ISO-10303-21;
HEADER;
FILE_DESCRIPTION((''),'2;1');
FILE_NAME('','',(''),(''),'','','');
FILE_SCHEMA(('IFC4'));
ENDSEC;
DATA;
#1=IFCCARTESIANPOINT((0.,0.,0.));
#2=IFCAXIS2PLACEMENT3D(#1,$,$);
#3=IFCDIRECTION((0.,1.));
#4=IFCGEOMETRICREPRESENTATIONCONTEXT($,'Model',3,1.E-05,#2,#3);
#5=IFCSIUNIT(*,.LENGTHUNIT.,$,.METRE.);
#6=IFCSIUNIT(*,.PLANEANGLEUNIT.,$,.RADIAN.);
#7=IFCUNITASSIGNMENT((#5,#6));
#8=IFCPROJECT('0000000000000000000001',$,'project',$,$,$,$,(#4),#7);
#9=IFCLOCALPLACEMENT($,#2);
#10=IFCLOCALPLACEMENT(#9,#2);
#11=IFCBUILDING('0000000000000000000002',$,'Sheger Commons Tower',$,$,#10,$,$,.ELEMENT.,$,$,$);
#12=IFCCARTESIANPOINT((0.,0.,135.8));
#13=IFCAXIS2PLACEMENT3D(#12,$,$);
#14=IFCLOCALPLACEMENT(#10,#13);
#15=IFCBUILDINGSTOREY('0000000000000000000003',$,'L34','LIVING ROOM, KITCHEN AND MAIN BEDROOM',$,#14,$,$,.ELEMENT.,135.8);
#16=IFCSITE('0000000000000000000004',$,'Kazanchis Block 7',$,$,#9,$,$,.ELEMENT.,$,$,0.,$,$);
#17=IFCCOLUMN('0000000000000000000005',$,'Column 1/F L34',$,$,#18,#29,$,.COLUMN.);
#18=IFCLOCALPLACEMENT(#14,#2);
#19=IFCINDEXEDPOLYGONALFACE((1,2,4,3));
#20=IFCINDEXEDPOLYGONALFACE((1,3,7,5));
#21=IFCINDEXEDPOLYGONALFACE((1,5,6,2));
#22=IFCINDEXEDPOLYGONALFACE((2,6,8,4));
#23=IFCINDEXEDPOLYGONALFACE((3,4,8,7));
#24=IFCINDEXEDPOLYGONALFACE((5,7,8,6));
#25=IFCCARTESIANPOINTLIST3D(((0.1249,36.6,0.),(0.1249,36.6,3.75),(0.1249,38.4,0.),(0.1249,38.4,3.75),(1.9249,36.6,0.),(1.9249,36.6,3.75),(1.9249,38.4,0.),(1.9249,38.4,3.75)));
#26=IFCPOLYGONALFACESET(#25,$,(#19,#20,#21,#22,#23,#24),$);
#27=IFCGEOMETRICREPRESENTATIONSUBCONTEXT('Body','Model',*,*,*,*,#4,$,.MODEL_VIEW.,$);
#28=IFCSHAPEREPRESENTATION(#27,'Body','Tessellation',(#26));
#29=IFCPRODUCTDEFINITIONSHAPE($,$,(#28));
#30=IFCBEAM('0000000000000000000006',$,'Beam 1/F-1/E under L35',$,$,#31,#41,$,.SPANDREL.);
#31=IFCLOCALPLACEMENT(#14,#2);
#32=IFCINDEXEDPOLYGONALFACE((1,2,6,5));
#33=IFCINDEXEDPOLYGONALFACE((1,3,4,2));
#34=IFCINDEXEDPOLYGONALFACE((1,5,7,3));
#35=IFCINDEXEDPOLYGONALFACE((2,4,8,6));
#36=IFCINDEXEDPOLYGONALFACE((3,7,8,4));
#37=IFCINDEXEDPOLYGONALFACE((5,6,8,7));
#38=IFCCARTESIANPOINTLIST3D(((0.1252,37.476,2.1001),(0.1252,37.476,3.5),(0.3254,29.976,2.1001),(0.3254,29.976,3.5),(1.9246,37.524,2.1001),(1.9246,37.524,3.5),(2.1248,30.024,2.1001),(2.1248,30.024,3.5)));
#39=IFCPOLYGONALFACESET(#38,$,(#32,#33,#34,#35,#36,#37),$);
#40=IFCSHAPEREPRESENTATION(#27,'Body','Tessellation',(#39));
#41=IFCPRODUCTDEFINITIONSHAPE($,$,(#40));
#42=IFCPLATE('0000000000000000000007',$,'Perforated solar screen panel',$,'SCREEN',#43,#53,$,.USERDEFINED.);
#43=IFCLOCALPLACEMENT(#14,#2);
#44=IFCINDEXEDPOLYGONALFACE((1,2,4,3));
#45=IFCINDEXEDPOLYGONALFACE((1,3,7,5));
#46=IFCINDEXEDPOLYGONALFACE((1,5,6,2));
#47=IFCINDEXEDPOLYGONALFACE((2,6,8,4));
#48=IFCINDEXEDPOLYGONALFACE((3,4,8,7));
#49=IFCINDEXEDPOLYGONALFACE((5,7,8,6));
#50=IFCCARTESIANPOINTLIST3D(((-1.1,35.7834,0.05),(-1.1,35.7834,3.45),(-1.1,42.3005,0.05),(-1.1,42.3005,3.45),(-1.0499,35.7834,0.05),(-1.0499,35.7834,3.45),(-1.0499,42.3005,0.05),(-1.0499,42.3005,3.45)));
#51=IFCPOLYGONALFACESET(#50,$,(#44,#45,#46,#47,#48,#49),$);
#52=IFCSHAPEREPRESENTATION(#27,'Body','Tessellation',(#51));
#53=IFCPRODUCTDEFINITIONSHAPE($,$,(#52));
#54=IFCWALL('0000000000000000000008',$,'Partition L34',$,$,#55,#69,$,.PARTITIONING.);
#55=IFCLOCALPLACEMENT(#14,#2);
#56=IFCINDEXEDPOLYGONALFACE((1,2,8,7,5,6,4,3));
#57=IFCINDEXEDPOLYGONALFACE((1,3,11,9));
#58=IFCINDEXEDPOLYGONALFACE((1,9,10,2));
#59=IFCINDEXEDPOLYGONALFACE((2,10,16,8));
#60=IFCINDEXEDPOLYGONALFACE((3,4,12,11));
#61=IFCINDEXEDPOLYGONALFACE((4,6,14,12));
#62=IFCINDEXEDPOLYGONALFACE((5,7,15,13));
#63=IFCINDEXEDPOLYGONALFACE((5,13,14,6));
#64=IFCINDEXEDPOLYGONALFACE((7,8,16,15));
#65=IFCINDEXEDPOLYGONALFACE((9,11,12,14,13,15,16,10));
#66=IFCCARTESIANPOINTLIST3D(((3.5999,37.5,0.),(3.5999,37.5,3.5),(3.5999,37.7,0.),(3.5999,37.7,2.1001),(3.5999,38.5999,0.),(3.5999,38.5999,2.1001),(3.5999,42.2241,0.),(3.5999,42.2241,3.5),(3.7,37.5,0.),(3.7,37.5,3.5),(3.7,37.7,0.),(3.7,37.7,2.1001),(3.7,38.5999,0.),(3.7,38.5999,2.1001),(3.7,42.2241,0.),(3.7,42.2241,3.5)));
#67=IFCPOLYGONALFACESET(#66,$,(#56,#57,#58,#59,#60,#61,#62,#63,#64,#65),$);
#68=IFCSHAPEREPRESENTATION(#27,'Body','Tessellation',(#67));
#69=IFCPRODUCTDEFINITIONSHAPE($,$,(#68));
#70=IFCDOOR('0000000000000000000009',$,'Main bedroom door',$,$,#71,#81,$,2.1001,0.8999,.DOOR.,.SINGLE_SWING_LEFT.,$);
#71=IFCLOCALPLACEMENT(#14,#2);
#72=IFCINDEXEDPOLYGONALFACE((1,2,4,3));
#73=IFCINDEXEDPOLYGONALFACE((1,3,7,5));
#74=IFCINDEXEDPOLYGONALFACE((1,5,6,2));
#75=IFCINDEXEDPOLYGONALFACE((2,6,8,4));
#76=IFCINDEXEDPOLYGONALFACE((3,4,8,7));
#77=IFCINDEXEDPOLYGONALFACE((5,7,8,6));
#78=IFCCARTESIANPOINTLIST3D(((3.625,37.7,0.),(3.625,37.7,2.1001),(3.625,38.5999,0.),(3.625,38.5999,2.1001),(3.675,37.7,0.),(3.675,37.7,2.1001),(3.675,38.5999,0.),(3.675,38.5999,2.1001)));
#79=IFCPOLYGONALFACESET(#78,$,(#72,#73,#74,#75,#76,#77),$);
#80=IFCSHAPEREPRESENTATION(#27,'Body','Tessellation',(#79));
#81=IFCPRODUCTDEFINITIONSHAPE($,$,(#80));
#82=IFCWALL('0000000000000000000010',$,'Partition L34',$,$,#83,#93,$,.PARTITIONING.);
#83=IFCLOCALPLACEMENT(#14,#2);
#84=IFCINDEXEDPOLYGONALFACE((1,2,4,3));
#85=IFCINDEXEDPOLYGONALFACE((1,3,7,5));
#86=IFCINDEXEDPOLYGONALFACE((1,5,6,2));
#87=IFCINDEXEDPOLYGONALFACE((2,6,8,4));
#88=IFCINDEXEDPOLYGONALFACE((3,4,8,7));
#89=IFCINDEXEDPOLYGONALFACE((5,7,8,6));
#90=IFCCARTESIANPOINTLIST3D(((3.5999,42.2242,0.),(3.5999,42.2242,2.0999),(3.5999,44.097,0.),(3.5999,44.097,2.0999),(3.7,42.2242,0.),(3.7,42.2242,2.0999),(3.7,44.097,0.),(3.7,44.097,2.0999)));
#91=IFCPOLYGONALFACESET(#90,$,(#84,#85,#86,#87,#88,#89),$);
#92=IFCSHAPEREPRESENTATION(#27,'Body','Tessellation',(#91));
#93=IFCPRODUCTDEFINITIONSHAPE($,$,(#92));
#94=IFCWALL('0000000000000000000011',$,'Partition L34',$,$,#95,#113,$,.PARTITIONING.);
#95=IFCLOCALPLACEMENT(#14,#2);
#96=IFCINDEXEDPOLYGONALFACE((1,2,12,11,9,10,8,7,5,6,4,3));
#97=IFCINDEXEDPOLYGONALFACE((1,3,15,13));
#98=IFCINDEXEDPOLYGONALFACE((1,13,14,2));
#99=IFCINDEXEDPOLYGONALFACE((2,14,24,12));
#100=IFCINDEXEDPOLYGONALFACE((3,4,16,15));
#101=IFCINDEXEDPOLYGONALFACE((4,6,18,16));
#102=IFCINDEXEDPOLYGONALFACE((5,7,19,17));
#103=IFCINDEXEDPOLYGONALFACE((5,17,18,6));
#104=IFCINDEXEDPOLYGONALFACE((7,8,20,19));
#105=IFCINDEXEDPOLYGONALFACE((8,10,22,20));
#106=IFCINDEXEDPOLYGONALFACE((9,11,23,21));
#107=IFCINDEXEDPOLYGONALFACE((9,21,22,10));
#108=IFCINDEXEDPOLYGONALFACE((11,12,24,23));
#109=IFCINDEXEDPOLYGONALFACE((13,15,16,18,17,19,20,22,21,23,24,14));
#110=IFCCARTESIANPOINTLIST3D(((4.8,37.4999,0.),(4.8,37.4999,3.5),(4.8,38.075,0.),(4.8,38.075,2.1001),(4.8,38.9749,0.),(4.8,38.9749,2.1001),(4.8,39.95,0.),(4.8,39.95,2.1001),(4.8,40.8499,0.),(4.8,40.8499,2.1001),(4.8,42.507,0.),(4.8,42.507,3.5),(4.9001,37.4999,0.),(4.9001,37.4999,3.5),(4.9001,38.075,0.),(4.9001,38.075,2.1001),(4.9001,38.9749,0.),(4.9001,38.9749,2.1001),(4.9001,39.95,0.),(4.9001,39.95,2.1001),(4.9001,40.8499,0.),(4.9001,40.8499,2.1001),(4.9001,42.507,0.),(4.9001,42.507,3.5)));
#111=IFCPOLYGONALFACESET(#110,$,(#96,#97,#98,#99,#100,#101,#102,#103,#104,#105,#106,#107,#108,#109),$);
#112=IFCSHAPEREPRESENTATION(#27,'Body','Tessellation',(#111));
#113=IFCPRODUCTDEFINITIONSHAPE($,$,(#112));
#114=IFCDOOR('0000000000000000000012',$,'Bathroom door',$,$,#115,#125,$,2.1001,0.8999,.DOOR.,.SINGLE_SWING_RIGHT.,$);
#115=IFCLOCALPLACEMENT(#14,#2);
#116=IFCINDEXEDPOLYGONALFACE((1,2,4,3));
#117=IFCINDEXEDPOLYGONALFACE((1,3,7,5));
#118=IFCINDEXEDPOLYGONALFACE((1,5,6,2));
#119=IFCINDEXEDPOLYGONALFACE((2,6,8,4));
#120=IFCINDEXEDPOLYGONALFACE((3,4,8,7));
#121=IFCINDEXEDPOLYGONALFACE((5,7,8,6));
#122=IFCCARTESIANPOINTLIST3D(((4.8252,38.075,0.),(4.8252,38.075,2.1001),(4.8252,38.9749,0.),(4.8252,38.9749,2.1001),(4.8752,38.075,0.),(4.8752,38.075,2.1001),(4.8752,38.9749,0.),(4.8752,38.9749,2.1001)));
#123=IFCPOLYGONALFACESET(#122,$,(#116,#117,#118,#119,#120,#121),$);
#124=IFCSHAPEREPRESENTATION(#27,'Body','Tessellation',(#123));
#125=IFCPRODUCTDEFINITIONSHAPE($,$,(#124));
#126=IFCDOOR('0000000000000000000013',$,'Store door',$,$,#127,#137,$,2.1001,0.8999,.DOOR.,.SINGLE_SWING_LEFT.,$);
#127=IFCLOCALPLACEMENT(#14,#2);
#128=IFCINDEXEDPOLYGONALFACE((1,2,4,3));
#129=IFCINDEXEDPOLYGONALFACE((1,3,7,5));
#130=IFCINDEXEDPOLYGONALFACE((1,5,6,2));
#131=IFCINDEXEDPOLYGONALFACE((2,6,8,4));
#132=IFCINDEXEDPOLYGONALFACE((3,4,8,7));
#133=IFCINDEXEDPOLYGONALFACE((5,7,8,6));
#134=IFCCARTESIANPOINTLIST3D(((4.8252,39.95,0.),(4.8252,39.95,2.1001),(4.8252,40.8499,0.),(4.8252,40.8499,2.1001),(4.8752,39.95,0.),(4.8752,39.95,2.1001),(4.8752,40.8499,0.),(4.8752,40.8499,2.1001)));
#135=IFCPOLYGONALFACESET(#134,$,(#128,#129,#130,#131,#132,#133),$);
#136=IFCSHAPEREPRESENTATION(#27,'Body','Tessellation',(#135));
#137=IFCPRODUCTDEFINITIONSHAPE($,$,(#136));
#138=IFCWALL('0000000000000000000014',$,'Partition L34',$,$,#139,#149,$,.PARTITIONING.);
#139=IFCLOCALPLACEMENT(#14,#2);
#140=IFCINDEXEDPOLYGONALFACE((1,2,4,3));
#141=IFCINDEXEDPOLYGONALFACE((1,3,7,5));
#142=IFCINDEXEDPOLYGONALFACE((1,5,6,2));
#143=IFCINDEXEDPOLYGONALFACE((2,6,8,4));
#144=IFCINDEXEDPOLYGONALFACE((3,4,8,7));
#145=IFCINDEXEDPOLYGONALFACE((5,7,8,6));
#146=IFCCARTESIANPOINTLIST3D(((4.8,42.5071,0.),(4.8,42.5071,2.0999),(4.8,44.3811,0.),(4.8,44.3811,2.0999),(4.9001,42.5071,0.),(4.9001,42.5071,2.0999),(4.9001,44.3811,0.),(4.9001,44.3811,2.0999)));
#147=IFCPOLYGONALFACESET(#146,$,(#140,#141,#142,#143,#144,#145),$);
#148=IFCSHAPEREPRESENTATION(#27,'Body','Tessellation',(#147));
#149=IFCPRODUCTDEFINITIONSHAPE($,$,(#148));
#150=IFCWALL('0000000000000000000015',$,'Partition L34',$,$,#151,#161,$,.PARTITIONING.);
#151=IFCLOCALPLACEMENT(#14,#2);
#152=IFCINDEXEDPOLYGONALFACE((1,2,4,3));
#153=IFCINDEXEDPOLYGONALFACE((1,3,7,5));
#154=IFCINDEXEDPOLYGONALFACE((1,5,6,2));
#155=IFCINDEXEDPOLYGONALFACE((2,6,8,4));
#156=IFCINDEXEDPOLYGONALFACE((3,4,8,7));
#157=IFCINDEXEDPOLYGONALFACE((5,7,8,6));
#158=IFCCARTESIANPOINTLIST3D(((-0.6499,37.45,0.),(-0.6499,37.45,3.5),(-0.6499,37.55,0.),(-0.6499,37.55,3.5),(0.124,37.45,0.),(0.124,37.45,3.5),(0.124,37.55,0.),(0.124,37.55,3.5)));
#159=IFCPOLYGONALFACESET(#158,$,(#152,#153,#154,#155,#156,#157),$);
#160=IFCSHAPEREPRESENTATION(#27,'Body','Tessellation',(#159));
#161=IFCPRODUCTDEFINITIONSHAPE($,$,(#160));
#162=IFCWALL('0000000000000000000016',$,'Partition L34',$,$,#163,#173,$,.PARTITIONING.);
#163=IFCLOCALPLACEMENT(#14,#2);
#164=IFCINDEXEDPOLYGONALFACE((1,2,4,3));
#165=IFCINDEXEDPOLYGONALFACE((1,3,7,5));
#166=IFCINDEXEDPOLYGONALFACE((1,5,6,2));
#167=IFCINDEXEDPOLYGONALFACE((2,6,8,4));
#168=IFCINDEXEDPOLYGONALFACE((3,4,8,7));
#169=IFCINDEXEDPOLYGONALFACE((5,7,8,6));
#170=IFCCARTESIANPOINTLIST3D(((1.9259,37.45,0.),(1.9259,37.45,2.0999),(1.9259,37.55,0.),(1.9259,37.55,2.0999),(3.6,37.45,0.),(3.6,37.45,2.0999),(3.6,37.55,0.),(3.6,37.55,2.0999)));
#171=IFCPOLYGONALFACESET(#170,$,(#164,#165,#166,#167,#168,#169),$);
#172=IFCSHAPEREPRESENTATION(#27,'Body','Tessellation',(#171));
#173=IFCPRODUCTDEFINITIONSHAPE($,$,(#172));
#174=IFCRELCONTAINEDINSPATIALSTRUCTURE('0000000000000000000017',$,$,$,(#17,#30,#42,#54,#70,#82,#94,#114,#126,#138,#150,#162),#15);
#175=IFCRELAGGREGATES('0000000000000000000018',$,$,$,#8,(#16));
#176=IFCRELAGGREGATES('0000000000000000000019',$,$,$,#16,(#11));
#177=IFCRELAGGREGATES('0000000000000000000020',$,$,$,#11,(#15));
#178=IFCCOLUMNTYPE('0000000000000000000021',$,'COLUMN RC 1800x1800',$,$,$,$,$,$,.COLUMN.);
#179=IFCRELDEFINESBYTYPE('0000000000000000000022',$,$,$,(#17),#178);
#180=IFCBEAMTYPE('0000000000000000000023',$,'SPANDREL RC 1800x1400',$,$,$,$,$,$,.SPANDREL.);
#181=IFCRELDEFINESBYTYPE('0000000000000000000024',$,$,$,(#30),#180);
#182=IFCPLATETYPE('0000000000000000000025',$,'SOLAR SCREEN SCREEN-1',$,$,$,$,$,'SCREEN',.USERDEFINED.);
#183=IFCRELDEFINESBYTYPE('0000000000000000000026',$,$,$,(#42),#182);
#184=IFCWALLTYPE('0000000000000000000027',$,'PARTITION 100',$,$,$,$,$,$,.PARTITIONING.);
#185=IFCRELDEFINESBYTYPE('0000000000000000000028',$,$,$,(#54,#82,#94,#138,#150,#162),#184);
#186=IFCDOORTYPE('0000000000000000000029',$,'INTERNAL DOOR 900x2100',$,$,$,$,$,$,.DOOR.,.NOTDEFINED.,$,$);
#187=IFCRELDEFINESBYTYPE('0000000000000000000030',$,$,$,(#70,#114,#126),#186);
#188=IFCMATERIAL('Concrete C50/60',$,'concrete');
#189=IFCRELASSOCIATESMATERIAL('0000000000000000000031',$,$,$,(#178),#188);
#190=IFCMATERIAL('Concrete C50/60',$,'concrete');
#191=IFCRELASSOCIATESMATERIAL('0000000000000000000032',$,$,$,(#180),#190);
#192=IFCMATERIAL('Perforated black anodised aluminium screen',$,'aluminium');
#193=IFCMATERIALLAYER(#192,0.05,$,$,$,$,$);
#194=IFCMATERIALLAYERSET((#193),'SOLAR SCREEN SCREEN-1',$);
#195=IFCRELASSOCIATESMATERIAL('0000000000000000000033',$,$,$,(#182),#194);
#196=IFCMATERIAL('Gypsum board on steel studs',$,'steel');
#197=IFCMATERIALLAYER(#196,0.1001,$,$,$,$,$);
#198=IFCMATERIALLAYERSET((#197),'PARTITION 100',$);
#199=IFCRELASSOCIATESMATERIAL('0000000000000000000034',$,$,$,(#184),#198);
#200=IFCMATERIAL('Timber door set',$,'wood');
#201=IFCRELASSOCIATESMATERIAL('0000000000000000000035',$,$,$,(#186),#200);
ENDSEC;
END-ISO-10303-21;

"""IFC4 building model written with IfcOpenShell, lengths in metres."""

from ifc_helpers import new_model, si_unit, direction, frame, frame_2d, origin, origin_2d, place, context, subcontext, project, spatial, rectangle, extrude, material, layer, layer_set, material_profile, profile_set, type_object, element, fill, save


model = new_model("IFC4")

# Units and contexts
model_context = context("Model", 3, precision=1e-05, world=origin(), true_north=direction((0.0, 1.0)))
body_context = subcontext(model_context, "Body", "Model", "MODEL_VIEW")
ifc_project = project(units=[si_unit("LENGTHUNIT", "METRE"), si_unit("PLANEANGLEUNIT", "RADIAN")], contexts=[model_context])

# Site, building, storey
site_placement = place(None, origin())
site = spatial("IfcSite", under=ifc_project, at=site_placement, Name="Kazanchis Block 7", CompositionType="ELEMENT", RefElevation=0.0)
building_placement = place(site_placement, origin())
building = spatial("IfcBuilding", under=site, at=building_placement, Name="Sheger Commons Tower", CompositionType="ELEMENT")
storey_placement = place(building_placement, frame((0.0, 0.0, 135.8)))
storey = spatial("IfcBuildingStorey", under=building, at=storey_placement, Name="L34", Description="LIVING ROOM, KITCHEN AND MAIN BEDROOM", CompositionType="ELEMENT", Elevation=135.8)

# Column
ifc_material_1 = material(Name="Concrete C50/60", Category="concrete")
ifc_material_profile_1 = material_profile(ifc_material_1, rectangle(XDim=1.8, YDim=1.8, at=origin_2d()), Name="RC 1800x1800")
ifc_profile_set_1 = profile_set([ifc_material_profile_1], Name="Concrete C50/60")
column_type = type_object("IfcColumnType", Name="COLUMN RC 1800x1800", PredefinedType="COLUMN", material=ifc_profile_set_1)
column_placement = place(storey_placement, frame((1.0249, 37.5, 0.0), z_axis=(0.0, 0.0, 1.0), x_axis=(1.0, 0.0, 0.0)))
element("IfcColumn", 1, at=column_placement, inside=storey, type_object=column_type, Name="Column 1/F L34", PredefinedType="COLUMN", context=body_context, shape_type="SweptSolid", body=[
    extrude(rectangle(XDim=1.8, YDim=1.8, at=origin_2d()), origin(), (0.0, 0.0, 1.0), 3.75),
])

# Beam
ifc_material_2 = material(Name="Concrete C50/60", Category="concrete")
ifc_material_profile_2 = material_profile(ifc_material_2, rectangle(XDim=1.8, YDim=1.3999, at=origin_2d()), Name="RC 1800x1400")
ifc_profile_set_2 = profile_set([ifc_material_profile_2], Name="Concrete C50/60")
beam_type = type_object("IfcBeamType", Name="SPANDREL RC 1800x1400", PredefinedType="SPANDREL", material=ifc_profile_set_2)
beam_placement = place(storey_placement, frame((1.0249, 37.5, 2.8), z_axis=(0.026683, -0.999644, 0.0), x_axis=(0.999644, 0.026683, 0.0)))
element("IfcBeam", 2, at=beam_placement, inside=storey, type_object=beam_type, Name="Beam 1/F-1/E under L35", PredefinedType="SPANDREL", context=body_context, shape_type="SweptSolid", body=[
    extrude(rectangle(XDim=1.8, YDim=1.3999, at=origin_2d()), origin(), (0.0, 0.0, 1.0), 7.5027),
])

# Plate
ifc_material_3 = material(Name="Perforated black anodised aluminium screen", Category="aluminium")
ifc_layer_1 = layer(ifc_material_3, 0.05)
ifc_layer_set_1 = layer_set([ifc_layer_1], Name="SOLAR SCREEN SCREEN-1")
plate_type = type_object("IfcPlateType", Name="SOLAR SCREEN SCREEN-1", ElementType="SCREEN", PredefinedType="USERDEFINED", material=ifc_layer_set_1)
plate_placement = place(storey_placement, frame((-1.075, 39.042, 0.05), z_axis=(0.0, 0.0, 1.0), x_axis=(0.0, -1.0, 0.0)))
element("IfcPlate", 3, at=plate_placement, inside=storey, type_object=plate_type, Name="Perforated solar screen panel", ObjectType="SCREEN", PredefinedType="USERDEFINED", context=body_context, shape_type="SweptSolid", body=[
    extrude(rectangle(XDim=6.5171, YDim=0.05, at=origin_2d()), origin(), (0.0, 0.0, 1.0), 3.3999),
])

# Wall, opening, door
ifc_material_4 = material(Name="Gypsum board on steel studs", Category="steel")
ifc_layer_2 = layer(ifc_material_4, 0.1001)
ifc_layer_set_2 = layer_set([ifc_layer_2], Name="PARTITION 100")
wall_type = type_object("IfcWallType", Name="PARTITION 100", PredefinedType="PARTITIONING", material=ifc_layer_set_2)
wall_1_placement = place(storey_placement, frame((3.6499, 37.5, 0.0), z_axis=(0.0, 0.0, 1.0), x_axis=(0.0, 1.0, 0.0)))
wall_1 = element("IfcWall", 4, at=wall_1_placement, inside=storey, type_object=wall_type, Name="Partition L34", PredefinedType="PARTITIONING", context=body_context, shape_type="SweptSolid", body=[
    extrude(rectangle(XDim=4.7241, YDim=0.1001, at=frame_2d((2.3621, 0.0))), origin(), (0.0, 0.0, 1.0), 3.5),
])
opening_1_placement = place(wall_1_placement, frame((0.2, 0.0, 0.0)))
opening_1 = element("IfcOpeningElement", 5, at=opening_1_placement, cuts=wall_1, PredefinedType="OPENING", context=body_context, shape_type="SweptSolid", body=[
    extrude(rectangle(XDim=0.8999, YDim=2.1001, at=frame_2d((0.45, 1.05))), frame((0.0, 0.0601, 0.0), z_axis=(0.0, -1.0, 0.0), x_axis=(1.0, 0.0, 0.0)), (0.0, 0.0, 1.0), 0.1201),
])
ifc_material_5 = material(Name="Timber door set", Category="wood")
door_type = type_object("IfcDoorType", Name="INTERNAL DOOR 900x2100", OperationType="NOTDEFINED", PredefinedType="DOOR", material=ifc_material_5)
door_1_placement = place(opening_1_placement, origin())
door_1 = element("IfcDoor", 6, at=door_1_placement, inside=storey, type_object=door_type, Name="Main bedroom door", OperationType="SINGLE_SWING_LEFT", OverallHeight=2.1001, OverallWidth=0.8999, PredefinedType="DOOR", context=body_context, shape_type="SweptSolid", body=[
    extrude(rectangle(XDim=0.8999, YDim=2.1001, at=frame_2d((0.45, 1.05))), frame((0.0, 0.0249, 0.0), z_axis=(0.0, -1.0, 0.0), x_axis=(1.0, 0.0, 0.0)), (0.0, 0.0, 1.0), 0.05),
])
fill(opening_1, door_1)

# Wall
wall_2_placement = place(storey_placement, frame((3.6499, 42.2241, 0.0), z_axis=(0.0, 0.0, 1.0), x_axis=(0.0, 1.0, 0.0)))
element("IfcWall", 7, at=wall_2_placement, inside=storey, type_object=wall_type, Name="Partition L34", PredefinedType="PARTITIONING", context=body_context, shape_type="SweptSolid", body=[
    extrude(rectangle(XDim=1.8728, YDim=0.1001, at=frame_2d((0.9365, 0.0))), origin(), (0.0, 0.0, 1.0), 2.0999),
])

# Wall, openings, doors
wall_3_placement = place(storey_placement, frame((4.8501, 37.5, 0.0), z_axis=(0.0, 0.0, 1.0), x_axis=(0.0, 1.0, 0.0)))
wall_3 = element("IfcWall", 8, at=wall_3_placement, inside=storey, type_object=wall_type, Name="Partition L34", PredefinedType="PARTITIONING", context=body_context, shape_type="SweptSolid", body=[
    extrude(rectangle(XDim=5.0071, YDim=0.1001, at=frame_2d((2.5034, 0.0))), origin(), (0.0, 0.0, 1.0), 3.5),
])
opening_2_placement = place(wall_3_placement, frame((0.575, 0.0, 0.0)))
opening_2 = element("IfcOpeningElement", 9, at=opening_2_placement, cuts=wall_3, PredefinedType="OPENING", context=body_context, shape_type="SweptSolid", body=[
    extrude(rectangle(XDim=0.8999, YDim=2.1001, at=frame_2d((0.45, 1.05))), frame((0.0, 0.0601, 0.0), z_axis=(0.0, -1.0, 0.0), x_axis=(1.0, 0.0, 0.0)), (0.0, 0.0, 1.0), 0.1201),
])
opening_3_placement = place(wall_3_placement, frame((2.45, 0.0, 0.0)))
opening_3 = element("IfcOpeningElement", 10, at=opening_3_placement, cuts=wall_3, PredefinedType="OPENING", context=body_context, shape_type="SweptSolid", body=[
    extrude(rectangle(XDim=0.8999, YDim=2.1001, at=frame_2d((0.45, 1.05))), frame((0.0, 0.0601, 0.0), z_axis=(0.0, -1.0, 0.0), x_axis=(1.0, 0.0, 0.0)), (0.0, 0.0, 1.0), 0.1201),
])
door_2_placement = place(opening_2_placement, origin())
door_2 = element("IfcDoor", 11, at=door_2_placement, inside=storey, type_object=door_type, Name="Bathroom door", OperationType="SINGLE_SWING_RIGHT", OverallHeight=2.1001, OverallWidth=0.8999, PredefinedType="DOOR", context=body_context, shape_type="SweptSolid", body=[
    extrude(rectangle(XDim=0.8999, YDim=2.1001, at=frame_2d((0.45, 1.05))), frame((0.0, 0.0249, 0.0), z_axis=(0.0, -1.0, 0.0), x_axis=(1.0, 0.0, 0.0)), (0.0, 0.0, 1.0), 0.05),
])
fill(opening_2, door_2)
door_3_placement = place(opening_3_placement, origin())
door_3 = element("IfcDoor", 12, at=door_3_placement, inside=storey, type_object=door_type, Name="Store door", OperationType="SINGLE_SWING_LEFT", OverallHeight=2.1001, OverallWidth=0.8999, PredefinedType="DOOR", context=body_context, shape_type="SweptSolid", body=[
    extrude(rectangle(XDim=0.8999, YDim=2.1001, at=frame_2d((0.45, 1.05))), frame((0.0, 0.0249, 0.0), z_axis=(0.0, -1.0, 0.0), x_axis=(1.0, 0.0, 0.0)), (0.0, 0.0, 1.0), 0.05),
])
fill(opening_3, door_3)

# Walls
wall_4_placement = place(storey_placement, frame((4.8501, 42.5071, 0.0), z_axis=(0.0, 0.0, 1.0), x_axis=(0.0, 1.0, 0.0)))
element("IfcWall", 13, at=wall_4_placement, inside=storey, type_object=wall_type, Name="Partition L34", PredefinedType="PARTITIONING", context=body_context, shape_type="SweptSolid", body=[
    extrude(rectangle(XDim=1.874, YDim=0.1001, at=frame_2d((0.937, 0.0))), origin(), (0.0, 0.0, 1.0), 2.0999),
])
wall_5_placement = place(storey_placement, frame((-0.6499, 37.5, 0.0), z_axis=(0.0, 0.0, 1.0), x_axis=(1.0, 0.0, 0.0)))
element("IfcWall", 14, at=wall_5_placement, inside=storey, type_object=wall_type, Name="Partition L34", PredefinedType="PARTITIONING", context=body_context, shape_type="SweptSolid", body=[
    extrude(rectangle(XDim=0.7739, YDim=0.1001, at=frame_2d((0.387, 0.0))), origin(), (0.0, 0.0, 1.0), 3.5),
])
wall_6_placement = place(storey_placement, frame((1.926, 37.5, 0.0), z_axis=(0.0, 0.0, 1.0), x_axis=(1.0, 0.0, 0.0)))
element("IfcWall", 15, at=wall_6_placement, inside=storey, type_object=wall_type, Name="Partition L34", PredefinedType="PARTITIONING", context=body_context, shape_type="SweptSolid", body=[
    extrude(rectangle(XDim=1.6741, YDim=0.1001, at=frame_2d((0.8369, 0.0))), origin(), (0.0, 0.0, 1.0), 2.0999),
])

save(model, "model.ifc")
